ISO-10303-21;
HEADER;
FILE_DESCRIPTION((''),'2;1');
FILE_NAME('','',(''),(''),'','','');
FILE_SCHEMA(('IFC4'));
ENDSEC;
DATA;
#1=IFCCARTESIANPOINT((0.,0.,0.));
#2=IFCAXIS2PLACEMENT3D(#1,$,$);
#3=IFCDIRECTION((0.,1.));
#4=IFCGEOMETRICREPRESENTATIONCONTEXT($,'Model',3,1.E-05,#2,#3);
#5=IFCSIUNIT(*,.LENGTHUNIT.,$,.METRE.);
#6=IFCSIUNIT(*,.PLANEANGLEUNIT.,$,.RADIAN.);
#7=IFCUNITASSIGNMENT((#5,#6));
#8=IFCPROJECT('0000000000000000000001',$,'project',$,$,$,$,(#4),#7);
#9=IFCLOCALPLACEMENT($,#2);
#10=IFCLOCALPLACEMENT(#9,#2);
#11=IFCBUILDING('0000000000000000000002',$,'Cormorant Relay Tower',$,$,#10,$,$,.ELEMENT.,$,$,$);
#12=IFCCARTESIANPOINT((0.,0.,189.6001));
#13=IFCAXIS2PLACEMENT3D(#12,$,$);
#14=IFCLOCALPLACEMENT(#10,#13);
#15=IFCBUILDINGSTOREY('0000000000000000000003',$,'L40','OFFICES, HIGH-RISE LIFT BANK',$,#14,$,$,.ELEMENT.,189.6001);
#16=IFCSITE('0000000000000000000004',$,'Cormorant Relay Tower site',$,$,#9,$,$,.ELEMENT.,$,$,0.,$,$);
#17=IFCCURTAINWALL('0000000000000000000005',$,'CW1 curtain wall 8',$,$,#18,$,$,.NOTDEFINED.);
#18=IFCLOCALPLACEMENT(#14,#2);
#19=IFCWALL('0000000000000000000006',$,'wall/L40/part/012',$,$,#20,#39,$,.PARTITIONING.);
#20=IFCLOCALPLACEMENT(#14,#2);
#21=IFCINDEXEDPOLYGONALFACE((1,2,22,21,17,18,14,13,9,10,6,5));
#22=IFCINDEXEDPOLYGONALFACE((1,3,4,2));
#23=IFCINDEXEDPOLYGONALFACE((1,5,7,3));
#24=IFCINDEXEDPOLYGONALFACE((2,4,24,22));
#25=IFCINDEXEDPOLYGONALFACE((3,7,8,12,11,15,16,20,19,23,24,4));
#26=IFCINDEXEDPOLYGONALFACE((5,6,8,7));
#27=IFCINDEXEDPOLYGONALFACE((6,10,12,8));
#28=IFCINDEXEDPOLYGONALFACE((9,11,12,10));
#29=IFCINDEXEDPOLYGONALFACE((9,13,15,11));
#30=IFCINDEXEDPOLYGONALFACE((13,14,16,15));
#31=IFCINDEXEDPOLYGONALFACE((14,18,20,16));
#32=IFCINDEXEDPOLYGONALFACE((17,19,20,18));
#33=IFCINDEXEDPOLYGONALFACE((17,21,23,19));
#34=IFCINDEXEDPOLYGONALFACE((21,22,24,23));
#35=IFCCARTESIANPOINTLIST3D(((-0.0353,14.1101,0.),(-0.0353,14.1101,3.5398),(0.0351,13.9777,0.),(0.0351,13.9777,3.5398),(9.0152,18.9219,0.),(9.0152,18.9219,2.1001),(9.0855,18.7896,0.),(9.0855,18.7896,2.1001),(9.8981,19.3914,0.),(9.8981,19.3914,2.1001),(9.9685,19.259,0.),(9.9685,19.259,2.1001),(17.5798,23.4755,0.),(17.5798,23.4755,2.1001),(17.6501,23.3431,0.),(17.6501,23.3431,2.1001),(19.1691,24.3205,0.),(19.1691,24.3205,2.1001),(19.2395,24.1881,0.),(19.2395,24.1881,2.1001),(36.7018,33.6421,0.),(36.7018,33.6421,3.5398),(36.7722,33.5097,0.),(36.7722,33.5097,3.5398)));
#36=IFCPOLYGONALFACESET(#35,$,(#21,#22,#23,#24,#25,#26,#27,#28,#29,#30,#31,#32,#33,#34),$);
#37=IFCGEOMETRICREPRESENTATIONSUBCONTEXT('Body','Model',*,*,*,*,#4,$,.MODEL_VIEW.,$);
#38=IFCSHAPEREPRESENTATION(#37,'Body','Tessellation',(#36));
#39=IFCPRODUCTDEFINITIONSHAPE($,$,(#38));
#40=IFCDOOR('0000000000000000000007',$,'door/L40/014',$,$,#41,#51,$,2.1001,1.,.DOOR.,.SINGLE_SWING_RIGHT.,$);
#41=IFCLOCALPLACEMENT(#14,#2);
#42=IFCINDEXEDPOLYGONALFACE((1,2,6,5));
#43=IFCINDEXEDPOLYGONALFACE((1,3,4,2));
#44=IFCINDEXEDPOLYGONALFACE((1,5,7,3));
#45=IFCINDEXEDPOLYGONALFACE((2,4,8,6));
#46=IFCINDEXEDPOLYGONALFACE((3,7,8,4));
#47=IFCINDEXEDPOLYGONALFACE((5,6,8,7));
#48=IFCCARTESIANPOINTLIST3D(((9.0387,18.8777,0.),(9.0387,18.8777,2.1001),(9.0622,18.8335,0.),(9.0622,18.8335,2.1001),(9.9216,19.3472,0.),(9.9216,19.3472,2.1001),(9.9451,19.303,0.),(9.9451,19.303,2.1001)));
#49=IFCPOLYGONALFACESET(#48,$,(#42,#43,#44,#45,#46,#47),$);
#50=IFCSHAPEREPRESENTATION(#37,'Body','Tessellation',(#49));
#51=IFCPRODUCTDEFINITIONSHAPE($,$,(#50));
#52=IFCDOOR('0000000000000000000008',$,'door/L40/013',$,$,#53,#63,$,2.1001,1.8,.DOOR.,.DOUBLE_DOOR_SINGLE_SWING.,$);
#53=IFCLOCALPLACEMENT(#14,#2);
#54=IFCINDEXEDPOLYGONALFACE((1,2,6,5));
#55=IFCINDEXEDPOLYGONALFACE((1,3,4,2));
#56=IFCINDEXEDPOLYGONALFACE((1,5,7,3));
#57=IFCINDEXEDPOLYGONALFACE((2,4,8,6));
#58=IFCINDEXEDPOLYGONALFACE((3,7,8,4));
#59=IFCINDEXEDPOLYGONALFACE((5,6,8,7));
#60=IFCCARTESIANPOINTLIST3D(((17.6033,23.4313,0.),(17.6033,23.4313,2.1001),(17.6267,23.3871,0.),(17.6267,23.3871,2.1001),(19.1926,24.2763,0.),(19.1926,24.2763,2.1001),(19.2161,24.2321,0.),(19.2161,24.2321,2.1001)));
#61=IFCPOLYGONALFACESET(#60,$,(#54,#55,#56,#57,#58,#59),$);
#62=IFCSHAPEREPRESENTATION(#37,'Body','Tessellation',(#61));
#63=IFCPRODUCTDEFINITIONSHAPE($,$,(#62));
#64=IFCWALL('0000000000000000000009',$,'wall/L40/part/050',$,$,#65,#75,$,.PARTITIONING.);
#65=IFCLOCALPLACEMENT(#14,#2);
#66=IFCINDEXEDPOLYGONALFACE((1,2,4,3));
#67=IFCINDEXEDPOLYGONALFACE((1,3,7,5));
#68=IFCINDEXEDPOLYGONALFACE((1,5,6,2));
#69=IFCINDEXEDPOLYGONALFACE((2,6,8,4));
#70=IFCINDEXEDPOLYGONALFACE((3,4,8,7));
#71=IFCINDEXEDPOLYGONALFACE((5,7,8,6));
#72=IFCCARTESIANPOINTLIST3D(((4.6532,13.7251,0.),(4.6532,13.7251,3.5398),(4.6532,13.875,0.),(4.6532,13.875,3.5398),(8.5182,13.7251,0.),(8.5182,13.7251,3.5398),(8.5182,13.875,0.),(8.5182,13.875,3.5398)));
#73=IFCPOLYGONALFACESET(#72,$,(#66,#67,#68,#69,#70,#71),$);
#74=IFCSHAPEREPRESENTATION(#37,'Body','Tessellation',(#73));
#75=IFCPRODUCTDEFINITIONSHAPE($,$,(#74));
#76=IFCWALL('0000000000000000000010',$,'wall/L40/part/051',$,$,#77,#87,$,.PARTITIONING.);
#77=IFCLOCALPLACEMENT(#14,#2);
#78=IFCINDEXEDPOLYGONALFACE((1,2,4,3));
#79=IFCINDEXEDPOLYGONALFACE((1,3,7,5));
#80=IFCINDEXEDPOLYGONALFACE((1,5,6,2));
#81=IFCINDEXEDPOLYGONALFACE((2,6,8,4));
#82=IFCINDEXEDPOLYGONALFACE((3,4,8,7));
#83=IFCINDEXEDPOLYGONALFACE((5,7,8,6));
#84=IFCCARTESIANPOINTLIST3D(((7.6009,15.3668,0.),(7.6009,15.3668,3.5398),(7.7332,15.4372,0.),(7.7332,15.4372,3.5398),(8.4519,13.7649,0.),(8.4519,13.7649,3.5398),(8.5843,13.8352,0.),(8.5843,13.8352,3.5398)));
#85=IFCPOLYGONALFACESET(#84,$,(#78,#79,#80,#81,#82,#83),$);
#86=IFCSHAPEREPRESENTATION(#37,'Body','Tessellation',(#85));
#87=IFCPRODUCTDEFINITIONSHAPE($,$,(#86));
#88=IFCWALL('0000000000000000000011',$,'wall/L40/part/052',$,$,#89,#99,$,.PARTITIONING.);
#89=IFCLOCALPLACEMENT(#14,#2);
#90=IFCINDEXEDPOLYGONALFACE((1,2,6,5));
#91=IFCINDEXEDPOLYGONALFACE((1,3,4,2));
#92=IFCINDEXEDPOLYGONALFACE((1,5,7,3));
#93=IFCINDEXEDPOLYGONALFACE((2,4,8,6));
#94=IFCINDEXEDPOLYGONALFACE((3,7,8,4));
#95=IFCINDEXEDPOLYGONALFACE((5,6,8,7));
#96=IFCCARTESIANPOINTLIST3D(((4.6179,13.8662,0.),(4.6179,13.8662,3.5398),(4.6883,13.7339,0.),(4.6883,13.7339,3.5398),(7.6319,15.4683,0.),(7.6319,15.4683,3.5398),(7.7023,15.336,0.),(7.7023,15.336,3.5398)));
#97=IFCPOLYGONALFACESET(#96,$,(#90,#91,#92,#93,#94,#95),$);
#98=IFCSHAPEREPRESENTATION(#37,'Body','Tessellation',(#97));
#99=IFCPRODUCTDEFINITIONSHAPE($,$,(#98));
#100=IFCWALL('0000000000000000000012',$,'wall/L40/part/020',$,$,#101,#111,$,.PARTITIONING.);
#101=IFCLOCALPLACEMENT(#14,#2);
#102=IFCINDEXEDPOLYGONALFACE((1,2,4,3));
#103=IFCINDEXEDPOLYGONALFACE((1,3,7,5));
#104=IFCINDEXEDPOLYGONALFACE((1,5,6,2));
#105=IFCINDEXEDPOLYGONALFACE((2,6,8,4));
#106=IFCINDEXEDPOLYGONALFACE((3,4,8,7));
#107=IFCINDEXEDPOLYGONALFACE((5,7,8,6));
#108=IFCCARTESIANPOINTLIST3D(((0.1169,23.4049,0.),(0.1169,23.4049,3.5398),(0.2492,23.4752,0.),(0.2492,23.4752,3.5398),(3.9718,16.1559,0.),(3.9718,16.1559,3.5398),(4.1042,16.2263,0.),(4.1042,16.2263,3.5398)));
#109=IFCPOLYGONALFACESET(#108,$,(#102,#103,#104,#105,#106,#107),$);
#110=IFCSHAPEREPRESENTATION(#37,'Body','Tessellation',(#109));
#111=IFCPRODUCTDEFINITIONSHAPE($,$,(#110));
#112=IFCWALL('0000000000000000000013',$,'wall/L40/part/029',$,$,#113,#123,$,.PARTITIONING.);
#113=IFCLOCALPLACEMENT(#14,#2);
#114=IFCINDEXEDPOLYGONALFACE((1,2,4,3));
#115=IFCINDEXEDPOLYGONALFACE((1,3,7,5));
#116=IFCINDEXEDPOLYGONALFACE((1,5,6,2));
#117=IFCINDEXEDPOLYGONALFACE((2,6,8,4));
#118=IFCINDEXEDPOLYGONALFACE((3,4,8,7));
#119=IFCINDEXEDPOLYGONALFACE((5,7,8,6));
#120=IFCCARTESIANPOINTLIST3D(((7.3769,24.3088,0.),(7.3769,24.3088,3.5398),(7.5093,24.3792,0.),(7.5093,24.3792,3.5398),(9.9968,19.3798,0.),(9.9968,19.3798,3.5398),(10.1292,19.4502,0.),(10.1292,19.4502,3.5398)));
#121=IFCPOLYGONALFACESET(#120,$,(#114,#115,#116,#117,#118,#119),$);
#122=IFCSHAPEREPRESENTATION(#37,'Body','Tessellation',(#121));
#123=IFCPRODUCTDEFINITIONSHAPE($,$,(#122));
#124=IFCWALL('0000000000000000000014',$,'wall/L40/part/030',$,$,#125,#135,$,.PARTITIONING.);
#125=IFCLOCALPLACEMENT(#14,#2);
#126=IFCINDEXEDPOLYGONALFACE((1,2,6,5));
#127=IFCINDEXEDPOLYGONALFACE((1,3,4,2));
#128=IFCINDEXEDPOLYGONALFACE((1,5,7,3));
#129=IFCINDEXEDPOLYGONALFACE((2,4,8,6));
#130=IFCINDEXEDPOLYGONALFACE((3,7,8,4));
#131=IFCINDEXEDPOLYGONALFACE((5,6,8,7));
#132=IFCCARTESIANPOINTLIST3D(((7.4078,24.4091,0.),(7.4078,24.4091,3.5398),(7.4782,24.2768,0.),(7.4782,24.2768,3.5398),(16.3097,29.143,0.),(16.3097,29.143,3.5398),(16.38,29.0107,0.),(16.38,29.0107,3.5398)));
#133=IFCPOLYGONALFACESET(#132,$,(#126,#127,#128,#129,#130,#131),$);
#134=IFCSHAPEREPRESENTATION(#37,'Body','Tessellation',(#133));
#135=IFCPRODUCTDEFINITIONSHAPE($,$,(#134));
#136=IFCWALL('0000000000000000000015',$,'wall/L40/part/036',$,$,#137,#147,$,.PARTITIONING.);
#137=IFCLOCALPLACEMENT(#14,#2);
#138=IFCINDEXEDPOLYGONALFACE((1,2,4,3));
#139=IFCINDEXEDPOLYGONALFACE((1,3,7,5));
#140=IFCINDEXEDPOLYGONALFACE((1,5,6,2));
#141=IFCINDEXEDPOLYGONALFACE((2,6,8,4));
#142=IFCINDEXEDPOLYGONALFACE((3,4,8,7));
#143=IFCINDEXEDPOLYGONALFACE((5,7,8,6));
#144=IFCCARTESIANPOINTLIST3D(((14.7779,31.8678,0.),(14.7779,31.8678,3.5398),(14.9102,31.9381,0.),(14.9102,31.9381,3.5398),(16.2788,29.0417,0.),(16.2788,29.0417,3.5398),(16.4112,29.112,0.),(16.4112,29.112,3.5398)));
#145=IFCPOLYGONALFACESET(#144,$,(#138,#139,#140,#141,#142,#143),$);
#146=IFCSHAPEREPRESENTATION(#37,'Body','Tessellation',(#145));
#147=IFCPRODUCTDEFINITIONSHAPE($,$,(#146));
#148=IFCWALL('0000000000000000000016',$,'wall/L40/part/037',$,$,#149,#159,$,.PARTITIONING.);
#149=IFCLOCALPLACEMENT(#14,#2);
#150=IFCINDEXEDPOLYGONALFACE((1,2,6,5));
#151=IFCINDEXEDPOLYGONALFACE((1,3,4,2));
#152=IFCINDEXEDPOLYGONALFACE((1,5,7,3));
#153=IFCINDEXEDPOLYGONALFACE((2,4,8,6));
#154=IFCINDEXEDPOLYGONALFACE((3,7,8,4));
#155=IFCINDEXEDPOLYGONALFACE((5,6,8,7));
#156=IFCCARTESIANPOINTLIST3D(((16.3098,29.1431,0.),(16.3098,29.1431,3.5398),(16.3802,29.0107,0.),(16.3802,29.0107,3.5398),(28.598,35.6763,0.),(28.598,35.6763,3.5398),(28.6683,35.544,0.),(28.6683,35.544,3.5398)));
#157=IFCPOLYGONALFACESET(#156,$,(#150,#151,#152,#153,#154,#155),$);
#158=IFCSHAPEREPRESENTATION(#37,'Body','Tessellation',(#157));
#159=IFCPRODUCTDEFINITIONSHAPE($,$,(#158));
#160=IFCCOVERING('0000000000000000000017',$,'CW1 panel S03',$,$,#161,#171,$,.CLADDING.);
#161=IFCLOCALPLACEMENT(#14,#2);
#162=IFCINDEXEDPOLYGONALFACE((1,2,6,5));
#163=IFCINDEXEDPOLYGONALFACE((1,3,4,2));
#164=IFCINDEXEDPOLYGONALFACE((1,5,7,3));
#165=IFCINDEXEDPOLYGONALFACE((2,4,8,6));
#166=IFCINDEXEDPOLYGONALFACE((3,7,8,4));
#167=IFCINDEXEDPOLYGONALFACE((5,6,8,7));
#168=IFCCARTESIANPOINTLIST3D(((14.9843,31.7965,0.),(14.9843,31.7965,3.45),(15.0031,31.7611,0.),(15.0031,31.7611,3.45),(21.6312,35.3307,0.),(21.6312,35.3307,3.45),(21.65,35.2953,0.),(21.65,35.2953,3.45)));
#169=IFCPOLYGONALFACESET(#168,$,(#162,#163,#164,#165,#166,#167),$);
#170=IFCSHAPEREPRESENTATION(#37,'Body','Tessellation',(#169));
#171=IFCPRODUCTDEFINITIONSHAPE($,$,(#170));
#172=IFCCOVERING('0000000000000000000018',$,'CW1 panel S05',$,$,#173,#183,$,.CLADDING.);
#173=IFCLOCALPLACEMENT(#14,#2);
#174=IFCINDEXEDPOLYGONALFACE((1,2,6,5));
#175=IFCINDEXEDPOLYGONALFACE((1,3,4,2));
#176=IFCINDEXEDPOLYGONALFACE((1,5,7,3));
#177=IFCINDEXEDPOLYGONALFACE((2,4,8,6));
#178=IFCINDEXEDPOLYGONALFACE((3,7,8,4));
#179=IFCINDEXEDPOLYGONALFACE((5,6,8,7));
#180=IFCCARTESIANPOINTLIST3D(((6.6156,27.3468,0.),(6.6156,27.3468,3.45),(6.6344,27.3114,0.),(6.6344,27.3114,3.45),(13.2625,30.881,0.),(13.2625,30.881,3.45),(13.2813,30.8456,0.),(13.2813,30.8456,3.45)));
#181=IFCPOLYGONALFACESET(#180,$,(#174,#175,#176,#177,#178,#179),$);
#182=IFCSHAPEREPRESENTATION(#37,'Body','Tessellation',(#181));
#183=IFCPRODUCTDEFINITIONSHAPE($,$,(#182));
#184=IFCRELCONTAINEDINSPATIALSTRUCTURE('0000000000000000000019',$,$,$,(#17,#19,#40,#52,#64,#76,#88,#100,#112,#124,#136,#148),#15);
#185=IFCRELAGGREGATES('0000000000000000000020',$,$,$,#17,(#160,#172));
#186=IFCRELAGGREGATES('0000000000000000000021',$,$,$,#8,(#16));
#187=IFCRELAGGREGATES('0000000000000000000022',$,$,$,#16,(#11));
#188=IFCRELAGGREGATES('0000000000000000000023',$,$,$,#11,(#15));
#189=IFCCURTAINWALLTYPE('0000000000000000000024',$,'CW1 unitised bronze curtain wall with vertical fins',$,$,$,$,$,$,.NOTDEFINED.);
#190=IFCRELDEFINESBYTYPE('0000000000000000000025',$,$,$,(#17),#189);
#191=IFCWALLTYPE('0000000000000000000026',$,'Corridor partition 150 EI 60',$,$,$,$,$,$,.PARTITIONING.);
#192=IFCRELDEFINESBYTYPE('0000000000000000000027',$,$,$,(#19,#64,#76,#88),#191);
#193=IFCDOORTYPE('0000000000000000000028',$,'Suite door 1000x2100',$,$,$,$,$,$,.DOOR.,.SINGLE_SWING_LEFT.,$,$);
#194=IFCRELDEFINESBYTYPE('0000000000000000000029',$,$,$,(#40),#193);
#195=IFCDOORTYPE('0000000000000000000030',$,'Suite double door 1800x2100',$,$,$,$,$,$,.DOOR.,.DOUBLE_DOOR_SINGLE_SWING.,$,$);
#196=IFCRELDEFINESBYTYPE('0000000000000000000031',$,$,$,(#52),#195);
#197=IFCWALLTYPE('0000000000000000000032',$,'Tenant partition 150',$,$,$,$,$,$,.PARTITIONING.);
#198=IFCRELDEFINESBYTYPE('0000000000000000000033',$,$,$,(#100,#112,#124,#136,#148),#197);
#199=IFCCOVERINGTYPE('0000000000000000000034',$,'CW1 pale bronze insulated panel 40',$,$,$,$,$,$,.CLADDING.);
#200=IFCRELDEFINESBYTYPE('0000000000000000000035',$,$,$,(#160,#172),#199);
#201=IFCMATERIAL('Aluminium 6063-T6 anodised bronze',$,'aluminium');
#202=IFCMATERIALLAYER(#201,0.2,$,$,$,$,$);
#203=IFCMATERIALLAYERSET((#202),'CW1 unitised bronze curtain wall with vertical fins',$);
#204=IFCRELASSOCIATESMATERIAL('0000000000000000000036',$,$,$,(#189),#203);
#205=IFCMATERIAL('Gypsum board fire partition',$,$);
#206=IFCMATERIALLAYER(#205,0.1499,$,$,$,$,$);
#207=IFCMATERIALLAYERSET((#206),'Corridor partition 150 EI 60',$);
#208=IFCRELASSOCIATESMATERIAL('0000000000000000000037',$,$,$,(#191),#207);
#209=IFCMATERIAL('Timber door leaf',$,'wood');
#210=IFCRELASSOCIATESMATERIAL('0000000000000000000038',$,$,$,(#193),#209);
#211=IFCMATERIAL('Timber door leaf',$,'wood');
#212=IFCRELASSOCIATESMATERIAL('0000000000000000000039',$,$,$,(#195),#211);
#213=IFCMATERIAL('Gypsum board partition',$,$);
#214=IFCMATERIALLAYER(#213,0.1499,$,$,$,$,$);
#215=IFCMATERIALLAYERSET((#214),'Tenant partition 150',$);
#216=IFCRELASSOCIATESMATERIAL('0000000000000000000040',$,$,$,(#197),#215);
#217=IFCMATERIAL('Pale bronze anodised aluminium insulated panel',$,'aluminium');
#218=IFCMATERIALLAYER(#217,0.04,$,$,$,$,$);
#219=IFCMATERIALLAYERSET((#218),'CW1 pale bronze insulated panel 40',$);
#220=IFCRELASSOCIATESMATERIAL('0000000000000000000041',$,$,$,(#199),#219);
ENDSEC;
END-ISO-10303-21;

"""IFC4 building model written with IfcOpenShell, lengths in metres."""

from ifc_helpers import new_model, si_unit, direction, frame, frame_2d, origin, origin_2d, place, context, subcontext, project, spatial, rectangle, extrude, material, layer, layer_set, type_object, element, fill, aggregate, save


model = new_model("IFC4")

# Units and contexts
model_context = context("Model", 3, precision=1e-05, world=origin(), true_north=direction((0.0, 1.0)))
body_context = subcontext(model_context, "Body", "Model", "MODEL_VIEW")
ifc_project = project(units=[si_unit("LENGTHUNIT", "METRE"), si_unit("PLANEANGLEUNIT", "RADIAN")], contexts=[model_context])

# Site, building, storey
site_placement = place(None, origin())
site = spatial("IfcSite", under=ifc_project, at=site_placement, Name="Cormorant Relay Tower site", CompositionType="ELEMENT", RefElevation=0.0)
building_placement = place(site_placement, origin())
building = spatial("IfcBuilding", under=site, at=building_placement, Name="Cormorant Relay Tower", CompositionType="ELEMENT")
storey_placement = place(building_placement, frame((0.0, 0.0, 189.6001)))
storey = spatial("IfcBuildingStorey", under=building, at=storey_placement, Name="L40", Description="OFFICES, HIGH-RISE LIFT BANK", CompositionType="ELEMENT", Elevation=189.6001)

# Curtain wall
ifc_material_1 = material(Name="Aluminium 6063-T6 anodised bronze", Category="aluminium")
ifc_layer_1 = layer(ifc_material_1, 0.2)
ifc_layer_set_1 = layer_set([ifc_layer_1], Name="CW1 unitised bronze curtain wall with vertical fins")
curtain_wall_type = type_object("IfcCurtainWallType", Name="CW1 unitised bronze curtain wall with vertical fins", PredefinedType="NOTDEFINED", material=ifc_layer_set_1)
curtain_wall_1_placement = place(storey_placement, origin())
curtain_wall_1 = element("IfcCurtainWall", 1, at=curtain_wall_1_placement, inside=storey, type_object=curtain_wall_type, Name="CW1 curtain wall 8", PredefinedType="NOTDEFINED")

# Wall, openings, doors
ifc_material_2 = material(Name="Gypsum board fire partition")
ifc_layer_2 = layer(ifc_material_2, 0.1499)
ifc_layer_set_2 = layer_set([ifc_layer_2], Name="Corridor partition 150 EI 60")
wall_type_1 = type_object("IfcWallType", Name="Corridor partition 150 EI 60", PredefinedType="PARTITIONING", material=ifc_layer_set_2)
wall_1_placement = place(storey_placement, frame((0.0, 14.0439, 0.0), z_axis=(0.0, 0.0, 1.0), x_axis=(0.882962, 0.469444, 0.0)))
wall_1 = element("IfcWall", 2, at=wall_1_placement, inside=storey, type_object=wall_type_1, Name="wall/L40/part/012", PredefinedType="PARTITIONING", context=body_context, shape_type="SweptSolid", body=[
    extrude(rectangle(XDim=41.6067, YDim=0.1499, at=frame_2d((20.8032, 0.0))), origin(), (0.0, 0.0, 1.0), 3.5398),
])
opening_1_placement = place(wall_1_placement, frame((19.95, 0.0, 0.0)))
opening_1 = element("IfcOpeningElement", 3, at=opening_1_placement, cuts=wall_1, PredefinedType="OPENING", context=body_context, shape_type="SweptSolid", body=[
    extrude(rectangle(XDim=1.8, YDim=2.1001, at=frame_2d((0.8999, 1.05))), frame((0.0, 0.085, 0.0), z_axis=(0.0, -1.0, 0.0), x_axis=(1.0, 0.0, 0.0)), (0.0, 0.0, 1.0), 0.1699),
])
opening_2_placement = place(wall_1_placement, frame((10.25, 0.0, 0.0)))
opening_2 = element("IfcOpeningElement", 4, at=opening_2_placement, cuts=wall_1, PredefinedType="OPENING", context=body_context, shape_type="SweptSolid", body=[
    extrude(rectangle(XDim=1.0, YDim=2.1001, at=frame_2d((0.5, 1.05))), frame((0.0, 0.085, 0.0), z_axis=(0.0, -1.0, 0.0), x_axis=(1.0, 0.0, 0.0)), (0.0, 0.0, 1.0), 0.1699),
])
ifc_material_3 = material(Name="Timber door leaf", Category="wood")
door_type_1 = type_object("IfcDoorType", Name="Suite door 1000x2100", OperationType="SINGLE_SWING_LEFT", PredefinedType="DOOR", material=ifc_material_3)
door_1_placement = place(opening_2_placement, origin())
door_1 = element("IfcDoor", 5, at=door_1_placement, inside=storey, type_object=door_type_1, Name="door/L40/014", OperationType="SINGLE_SWING_RIGHT", OverallHeight=2.1001, OverallWidth=1.0, PredefinedType="DOOR", context=body_context, shape_type="SweptSolid", body=[
    extrude(rectangle(XDim=1.0, YDim=2.1001, at=frame_2d((0.5, 1.05))), frame((0.0, 0.0249, 0.0), z_axis=(0.0, -1.0, 0.0), x_axis=(1.0, 0.0, 0.0)), (0.0, 0.0, 1.0), 0.05),
])
fill(opening_2, door_1)
ifc_material_4 = material(Name="Timber door leaf", Category="wood")
door_type_2 = type_object("IfcDoorType", Name="Suite double door 1800x2100", OperationType="DOUBLE_DOOR_SINGLE_SWING", PredefinedType="DOOR", material=ifc_material_4)
door_2_placement = place(opening_1_placement, origin())
door_2 = element("IfcDoor", 6, at=door_2_placement, inside=storey, type_object=door_type_2, Name="door/L40/013", OperationType="DOUBLE_DOOR_SINGLE_SWING", OverallHeight=2.1001, OverallWidth=1.8, PredefinedType="DOOR", context=body_context, shape_type="SweptSolid", body=[
    extrude(rectangle(XDim=1.8, YDim=2.1001, at=frame_2d((0.8999, 1.05))), frame((0.0, 0.0249, 0.0), z_axis=(0.0, -1.0, 0.0), x_axis=(1.0, 0.0, 0.0)), (0.0, 0.0, 1.0), 0.05),
])
fill(opening_1, door_2)

# Walls
wall_2_placement = place(storey_placement, frame((4.6531, 13.8, 0.0), z_axis=(0.0, 0.0, 1.0), x_axis=(1.0, 0.0, 0.0)))
element("IfcWall", 7, at=wall_2_placement, inside=storey, type_object=wall_type_1, Name="wall/L40/part/050", PredefinedType="PARTITIONING", context=body_context, shape_type="SweptSolid", body=[
    extrude(rectangle(XDim=3.865, YDim=0.1499, at=frame_2d((1.9326, 0.0))), origin(), (0.0, 0.0, 1.0), 3.5398),
])
wall_3_placement = place(storey_placement, frame((8.5181, 13.8, 0.0), z_axis=(0.0, 0.0, 1.0), x_axis=(-0.469149, 0.883119, 0.0)))
element("IfcWall", 8, at=wall_3_placement, inside=storey, type_object=wall_type_1, Name="wall/L40/part/051", PredefinedType="PARTITIONING", context=body_context, shape_type="SweptSolid", body=[
    extrude(rectangle(XDim=1.814, YDim=0.1499, at=frame_2d((0.907, 0.0))), origin(), (0.0, 0.0, 1.0), 3.5398),
])
wall_4_placement = place(storey_placement, frame((7.667, 15.4021, 0.0), z_axis=(0.0, 0.0, 1.0), x_axis=(-0.883005, -0.469363, 0.0)))
element("IfcWall", 9, at=wall_4_placement, inside=storey, type_object=wall_type_1, Name="wall/L40/part/052", PredefinedType="PARTITIONING", context=body_context, shape_type="SweptSolid", body=[
    extrude(rectangle(XDim=3.4133, YDim=0.1499, at=frame_2d((1.7065, 0.0))), origin(), (0.0, 0.0, 1.0), 3.5398),
])
ifc_material_5 = material(Name="Gypsum board partition")
ifc_layer_3 = layer(ifc_material_5, 0.1499)
ifc_layer_set_3 = layer_set([ifc_layer_3], Name="Tenant partition 150")
wall_type_2 = type_object("IfcWallType", Name="Tenant partition 150", PredefinedType="PARTITIONING", material=ifc_layer_set_3)
wall_5_placement = place(storey_placement, frame((0.1831, 23.4399, 0.0), z_axis=(0.0, 0.0, 1.0), x_axis=(0.469529, -0.882917, 0.0)))
element("IfcWall", 10, at=wall_5_placement, inside=storey, type_object=wall_type_2, Name="wall/L40/part/020", PredefinedType="PARTITIONING", context=body_context, shape_type="SweptSolid", body=[
    extrude(rectangle(XDim=8.2102, YDim=0.1499, at=frame_2d((4.105, 0.0))), origin(), (0.0, 0.0, 1.0), 3.5398),
])
wall_6_placement = place(storey_placement, frame((7.4431, 24.344, 0.0), z_axis=(0.0, 0.0, 1.0), x_axis=(0.469346, -0.883014, 0.0)))
element("IfcWall", 11, at=wall_6_placement, inside=storey, type_object=wall_type_2, Name="wall/L40/part/029", PredefinedType="PARTITIONING", context=body_context, shape_type="SweptSolid", body=[
    extrude(rectangle(XDim=5.582, YDim=0.1499, at=frame_2d((2.791, 0.0))), origin(), (0.0, 0.0, 1.0), 3.5398),
])
wall_7_placement = place(storey_placement, frame((7.4431, 24.343, 0.0), z_axis=(0.0, 0.0, 1.0), x_axis=(0.882919, 0.469525, 0.0)))
element("IfcWall", 12, at=wall_7_placement, inside=storey, type_object=wall_type_2, Name="wall/L40/part/030", PredefinedType="PARTITIONING", context=body_context, shape_type="SweptSolid", body=[
    extrude(rectangle(XDim=10.0823, YDim=0.1499, at=frame_2d((5.041, 0.0))), origin(), (0.0, 0.0, 1.0), 3.5398),
])
wall_8_placement = place(storey_placement, frame((14.844, 31.9031, 0.0), z_axis=(0.0, 0.0, 1.0), x_axis=(0.469051, -0.883171, 0.0)))
element("IfcWall", 13, at=wall_8_placement, inside=storey, type_object=wall_type_2, Name="wall/L40/part/036", PredefinedType="PARTITIONING", context=body_context, shape_type="SweptSolid", body=[
    extrude(rectangle(XDim=3.2, YDim=0.1499, at=frame_2d((1.6001, 0.0))), origin(), (0.0, 0.0, 1.0), 3.5398),
])
wall_9_placement = place(storey_placement, frame((16.345, 29.0769, 0.0), z_axis=(0.0, 0.0, 1.0), x_axis=(0.882962, 0.469444, 0.0)))
element("IfcWall", 14, at=wall_9_placement, inside=storey, type_object=wall_type_2, Name="wall/L40/part/037", PredefinedType="PARTITIONING", context=body_context, shape_type="SweptSolid", body=[
    extrude(rectangle(XDim=13.917, YDim=0.1499, at=frame_2d((6.9585, 0.0))), origin(), (0.0, 0.0, 1.0), 3.5398),
])

# Coverings
ifc_material_6 = material(Name="Pale bronze anodised aluminium insulated panel", Category="aluminium")
ifc_layer_4 = layer(ifc_material_6, 0.04)
ifc_layer_set_4 = layer_set([ifc_layer_4], Name="CW1 pale bronze insulated panel 40")
covering_type = type_object("IfcCoveringType", Name="CW1 pale bronze insulated panel 40", PredefinedType="CLADDING", material=ifc_layer_set_4)
covering_1_placement = place(storey_placement, frame((18.3171, 33.5459, 0.0), z_axis=(0.0, 0.0, 1.0), x_axis=(-0.882948, -0.469472, 0.0)))
covering_1 = element("IfcCovering", 15, at=covering_1_placement, type_object=covering_type, Name="CW1 panel S03", PredefinedType="CLADDING", context=body_context, shape_type="SweptSolid", body=[
    extrude(rectangle(XDim=7.5281, YDim=0.04, at=origin_2d()), origin(), (0.0, 0.0, 1.0), 3.45),
])
covering_2_placement = place(storey_placement, frame((9.9485, 29.0962, 0.0), z_axis=(0.0, 0.0, 1.0), x_axis=(-0.882948, -0.469472, 0.0)))
covering_2 = element("IfcCovering", 16, at=covering_2_placement, type_object=covering_type, Name="CW1 panel S05", PredefinedType="CLADDING", context=body_context, shape_type="SweptSolid", body=[
    extrude(rectangle(XDim=7.5281, YDim=0.04, at=origin_2d()), origin(), (0.0, 0.0, 1.0), 3.45),
])
aggregate(curtain_wall_1, [covering_1, covering_2])

save(model, "model.ifc")
